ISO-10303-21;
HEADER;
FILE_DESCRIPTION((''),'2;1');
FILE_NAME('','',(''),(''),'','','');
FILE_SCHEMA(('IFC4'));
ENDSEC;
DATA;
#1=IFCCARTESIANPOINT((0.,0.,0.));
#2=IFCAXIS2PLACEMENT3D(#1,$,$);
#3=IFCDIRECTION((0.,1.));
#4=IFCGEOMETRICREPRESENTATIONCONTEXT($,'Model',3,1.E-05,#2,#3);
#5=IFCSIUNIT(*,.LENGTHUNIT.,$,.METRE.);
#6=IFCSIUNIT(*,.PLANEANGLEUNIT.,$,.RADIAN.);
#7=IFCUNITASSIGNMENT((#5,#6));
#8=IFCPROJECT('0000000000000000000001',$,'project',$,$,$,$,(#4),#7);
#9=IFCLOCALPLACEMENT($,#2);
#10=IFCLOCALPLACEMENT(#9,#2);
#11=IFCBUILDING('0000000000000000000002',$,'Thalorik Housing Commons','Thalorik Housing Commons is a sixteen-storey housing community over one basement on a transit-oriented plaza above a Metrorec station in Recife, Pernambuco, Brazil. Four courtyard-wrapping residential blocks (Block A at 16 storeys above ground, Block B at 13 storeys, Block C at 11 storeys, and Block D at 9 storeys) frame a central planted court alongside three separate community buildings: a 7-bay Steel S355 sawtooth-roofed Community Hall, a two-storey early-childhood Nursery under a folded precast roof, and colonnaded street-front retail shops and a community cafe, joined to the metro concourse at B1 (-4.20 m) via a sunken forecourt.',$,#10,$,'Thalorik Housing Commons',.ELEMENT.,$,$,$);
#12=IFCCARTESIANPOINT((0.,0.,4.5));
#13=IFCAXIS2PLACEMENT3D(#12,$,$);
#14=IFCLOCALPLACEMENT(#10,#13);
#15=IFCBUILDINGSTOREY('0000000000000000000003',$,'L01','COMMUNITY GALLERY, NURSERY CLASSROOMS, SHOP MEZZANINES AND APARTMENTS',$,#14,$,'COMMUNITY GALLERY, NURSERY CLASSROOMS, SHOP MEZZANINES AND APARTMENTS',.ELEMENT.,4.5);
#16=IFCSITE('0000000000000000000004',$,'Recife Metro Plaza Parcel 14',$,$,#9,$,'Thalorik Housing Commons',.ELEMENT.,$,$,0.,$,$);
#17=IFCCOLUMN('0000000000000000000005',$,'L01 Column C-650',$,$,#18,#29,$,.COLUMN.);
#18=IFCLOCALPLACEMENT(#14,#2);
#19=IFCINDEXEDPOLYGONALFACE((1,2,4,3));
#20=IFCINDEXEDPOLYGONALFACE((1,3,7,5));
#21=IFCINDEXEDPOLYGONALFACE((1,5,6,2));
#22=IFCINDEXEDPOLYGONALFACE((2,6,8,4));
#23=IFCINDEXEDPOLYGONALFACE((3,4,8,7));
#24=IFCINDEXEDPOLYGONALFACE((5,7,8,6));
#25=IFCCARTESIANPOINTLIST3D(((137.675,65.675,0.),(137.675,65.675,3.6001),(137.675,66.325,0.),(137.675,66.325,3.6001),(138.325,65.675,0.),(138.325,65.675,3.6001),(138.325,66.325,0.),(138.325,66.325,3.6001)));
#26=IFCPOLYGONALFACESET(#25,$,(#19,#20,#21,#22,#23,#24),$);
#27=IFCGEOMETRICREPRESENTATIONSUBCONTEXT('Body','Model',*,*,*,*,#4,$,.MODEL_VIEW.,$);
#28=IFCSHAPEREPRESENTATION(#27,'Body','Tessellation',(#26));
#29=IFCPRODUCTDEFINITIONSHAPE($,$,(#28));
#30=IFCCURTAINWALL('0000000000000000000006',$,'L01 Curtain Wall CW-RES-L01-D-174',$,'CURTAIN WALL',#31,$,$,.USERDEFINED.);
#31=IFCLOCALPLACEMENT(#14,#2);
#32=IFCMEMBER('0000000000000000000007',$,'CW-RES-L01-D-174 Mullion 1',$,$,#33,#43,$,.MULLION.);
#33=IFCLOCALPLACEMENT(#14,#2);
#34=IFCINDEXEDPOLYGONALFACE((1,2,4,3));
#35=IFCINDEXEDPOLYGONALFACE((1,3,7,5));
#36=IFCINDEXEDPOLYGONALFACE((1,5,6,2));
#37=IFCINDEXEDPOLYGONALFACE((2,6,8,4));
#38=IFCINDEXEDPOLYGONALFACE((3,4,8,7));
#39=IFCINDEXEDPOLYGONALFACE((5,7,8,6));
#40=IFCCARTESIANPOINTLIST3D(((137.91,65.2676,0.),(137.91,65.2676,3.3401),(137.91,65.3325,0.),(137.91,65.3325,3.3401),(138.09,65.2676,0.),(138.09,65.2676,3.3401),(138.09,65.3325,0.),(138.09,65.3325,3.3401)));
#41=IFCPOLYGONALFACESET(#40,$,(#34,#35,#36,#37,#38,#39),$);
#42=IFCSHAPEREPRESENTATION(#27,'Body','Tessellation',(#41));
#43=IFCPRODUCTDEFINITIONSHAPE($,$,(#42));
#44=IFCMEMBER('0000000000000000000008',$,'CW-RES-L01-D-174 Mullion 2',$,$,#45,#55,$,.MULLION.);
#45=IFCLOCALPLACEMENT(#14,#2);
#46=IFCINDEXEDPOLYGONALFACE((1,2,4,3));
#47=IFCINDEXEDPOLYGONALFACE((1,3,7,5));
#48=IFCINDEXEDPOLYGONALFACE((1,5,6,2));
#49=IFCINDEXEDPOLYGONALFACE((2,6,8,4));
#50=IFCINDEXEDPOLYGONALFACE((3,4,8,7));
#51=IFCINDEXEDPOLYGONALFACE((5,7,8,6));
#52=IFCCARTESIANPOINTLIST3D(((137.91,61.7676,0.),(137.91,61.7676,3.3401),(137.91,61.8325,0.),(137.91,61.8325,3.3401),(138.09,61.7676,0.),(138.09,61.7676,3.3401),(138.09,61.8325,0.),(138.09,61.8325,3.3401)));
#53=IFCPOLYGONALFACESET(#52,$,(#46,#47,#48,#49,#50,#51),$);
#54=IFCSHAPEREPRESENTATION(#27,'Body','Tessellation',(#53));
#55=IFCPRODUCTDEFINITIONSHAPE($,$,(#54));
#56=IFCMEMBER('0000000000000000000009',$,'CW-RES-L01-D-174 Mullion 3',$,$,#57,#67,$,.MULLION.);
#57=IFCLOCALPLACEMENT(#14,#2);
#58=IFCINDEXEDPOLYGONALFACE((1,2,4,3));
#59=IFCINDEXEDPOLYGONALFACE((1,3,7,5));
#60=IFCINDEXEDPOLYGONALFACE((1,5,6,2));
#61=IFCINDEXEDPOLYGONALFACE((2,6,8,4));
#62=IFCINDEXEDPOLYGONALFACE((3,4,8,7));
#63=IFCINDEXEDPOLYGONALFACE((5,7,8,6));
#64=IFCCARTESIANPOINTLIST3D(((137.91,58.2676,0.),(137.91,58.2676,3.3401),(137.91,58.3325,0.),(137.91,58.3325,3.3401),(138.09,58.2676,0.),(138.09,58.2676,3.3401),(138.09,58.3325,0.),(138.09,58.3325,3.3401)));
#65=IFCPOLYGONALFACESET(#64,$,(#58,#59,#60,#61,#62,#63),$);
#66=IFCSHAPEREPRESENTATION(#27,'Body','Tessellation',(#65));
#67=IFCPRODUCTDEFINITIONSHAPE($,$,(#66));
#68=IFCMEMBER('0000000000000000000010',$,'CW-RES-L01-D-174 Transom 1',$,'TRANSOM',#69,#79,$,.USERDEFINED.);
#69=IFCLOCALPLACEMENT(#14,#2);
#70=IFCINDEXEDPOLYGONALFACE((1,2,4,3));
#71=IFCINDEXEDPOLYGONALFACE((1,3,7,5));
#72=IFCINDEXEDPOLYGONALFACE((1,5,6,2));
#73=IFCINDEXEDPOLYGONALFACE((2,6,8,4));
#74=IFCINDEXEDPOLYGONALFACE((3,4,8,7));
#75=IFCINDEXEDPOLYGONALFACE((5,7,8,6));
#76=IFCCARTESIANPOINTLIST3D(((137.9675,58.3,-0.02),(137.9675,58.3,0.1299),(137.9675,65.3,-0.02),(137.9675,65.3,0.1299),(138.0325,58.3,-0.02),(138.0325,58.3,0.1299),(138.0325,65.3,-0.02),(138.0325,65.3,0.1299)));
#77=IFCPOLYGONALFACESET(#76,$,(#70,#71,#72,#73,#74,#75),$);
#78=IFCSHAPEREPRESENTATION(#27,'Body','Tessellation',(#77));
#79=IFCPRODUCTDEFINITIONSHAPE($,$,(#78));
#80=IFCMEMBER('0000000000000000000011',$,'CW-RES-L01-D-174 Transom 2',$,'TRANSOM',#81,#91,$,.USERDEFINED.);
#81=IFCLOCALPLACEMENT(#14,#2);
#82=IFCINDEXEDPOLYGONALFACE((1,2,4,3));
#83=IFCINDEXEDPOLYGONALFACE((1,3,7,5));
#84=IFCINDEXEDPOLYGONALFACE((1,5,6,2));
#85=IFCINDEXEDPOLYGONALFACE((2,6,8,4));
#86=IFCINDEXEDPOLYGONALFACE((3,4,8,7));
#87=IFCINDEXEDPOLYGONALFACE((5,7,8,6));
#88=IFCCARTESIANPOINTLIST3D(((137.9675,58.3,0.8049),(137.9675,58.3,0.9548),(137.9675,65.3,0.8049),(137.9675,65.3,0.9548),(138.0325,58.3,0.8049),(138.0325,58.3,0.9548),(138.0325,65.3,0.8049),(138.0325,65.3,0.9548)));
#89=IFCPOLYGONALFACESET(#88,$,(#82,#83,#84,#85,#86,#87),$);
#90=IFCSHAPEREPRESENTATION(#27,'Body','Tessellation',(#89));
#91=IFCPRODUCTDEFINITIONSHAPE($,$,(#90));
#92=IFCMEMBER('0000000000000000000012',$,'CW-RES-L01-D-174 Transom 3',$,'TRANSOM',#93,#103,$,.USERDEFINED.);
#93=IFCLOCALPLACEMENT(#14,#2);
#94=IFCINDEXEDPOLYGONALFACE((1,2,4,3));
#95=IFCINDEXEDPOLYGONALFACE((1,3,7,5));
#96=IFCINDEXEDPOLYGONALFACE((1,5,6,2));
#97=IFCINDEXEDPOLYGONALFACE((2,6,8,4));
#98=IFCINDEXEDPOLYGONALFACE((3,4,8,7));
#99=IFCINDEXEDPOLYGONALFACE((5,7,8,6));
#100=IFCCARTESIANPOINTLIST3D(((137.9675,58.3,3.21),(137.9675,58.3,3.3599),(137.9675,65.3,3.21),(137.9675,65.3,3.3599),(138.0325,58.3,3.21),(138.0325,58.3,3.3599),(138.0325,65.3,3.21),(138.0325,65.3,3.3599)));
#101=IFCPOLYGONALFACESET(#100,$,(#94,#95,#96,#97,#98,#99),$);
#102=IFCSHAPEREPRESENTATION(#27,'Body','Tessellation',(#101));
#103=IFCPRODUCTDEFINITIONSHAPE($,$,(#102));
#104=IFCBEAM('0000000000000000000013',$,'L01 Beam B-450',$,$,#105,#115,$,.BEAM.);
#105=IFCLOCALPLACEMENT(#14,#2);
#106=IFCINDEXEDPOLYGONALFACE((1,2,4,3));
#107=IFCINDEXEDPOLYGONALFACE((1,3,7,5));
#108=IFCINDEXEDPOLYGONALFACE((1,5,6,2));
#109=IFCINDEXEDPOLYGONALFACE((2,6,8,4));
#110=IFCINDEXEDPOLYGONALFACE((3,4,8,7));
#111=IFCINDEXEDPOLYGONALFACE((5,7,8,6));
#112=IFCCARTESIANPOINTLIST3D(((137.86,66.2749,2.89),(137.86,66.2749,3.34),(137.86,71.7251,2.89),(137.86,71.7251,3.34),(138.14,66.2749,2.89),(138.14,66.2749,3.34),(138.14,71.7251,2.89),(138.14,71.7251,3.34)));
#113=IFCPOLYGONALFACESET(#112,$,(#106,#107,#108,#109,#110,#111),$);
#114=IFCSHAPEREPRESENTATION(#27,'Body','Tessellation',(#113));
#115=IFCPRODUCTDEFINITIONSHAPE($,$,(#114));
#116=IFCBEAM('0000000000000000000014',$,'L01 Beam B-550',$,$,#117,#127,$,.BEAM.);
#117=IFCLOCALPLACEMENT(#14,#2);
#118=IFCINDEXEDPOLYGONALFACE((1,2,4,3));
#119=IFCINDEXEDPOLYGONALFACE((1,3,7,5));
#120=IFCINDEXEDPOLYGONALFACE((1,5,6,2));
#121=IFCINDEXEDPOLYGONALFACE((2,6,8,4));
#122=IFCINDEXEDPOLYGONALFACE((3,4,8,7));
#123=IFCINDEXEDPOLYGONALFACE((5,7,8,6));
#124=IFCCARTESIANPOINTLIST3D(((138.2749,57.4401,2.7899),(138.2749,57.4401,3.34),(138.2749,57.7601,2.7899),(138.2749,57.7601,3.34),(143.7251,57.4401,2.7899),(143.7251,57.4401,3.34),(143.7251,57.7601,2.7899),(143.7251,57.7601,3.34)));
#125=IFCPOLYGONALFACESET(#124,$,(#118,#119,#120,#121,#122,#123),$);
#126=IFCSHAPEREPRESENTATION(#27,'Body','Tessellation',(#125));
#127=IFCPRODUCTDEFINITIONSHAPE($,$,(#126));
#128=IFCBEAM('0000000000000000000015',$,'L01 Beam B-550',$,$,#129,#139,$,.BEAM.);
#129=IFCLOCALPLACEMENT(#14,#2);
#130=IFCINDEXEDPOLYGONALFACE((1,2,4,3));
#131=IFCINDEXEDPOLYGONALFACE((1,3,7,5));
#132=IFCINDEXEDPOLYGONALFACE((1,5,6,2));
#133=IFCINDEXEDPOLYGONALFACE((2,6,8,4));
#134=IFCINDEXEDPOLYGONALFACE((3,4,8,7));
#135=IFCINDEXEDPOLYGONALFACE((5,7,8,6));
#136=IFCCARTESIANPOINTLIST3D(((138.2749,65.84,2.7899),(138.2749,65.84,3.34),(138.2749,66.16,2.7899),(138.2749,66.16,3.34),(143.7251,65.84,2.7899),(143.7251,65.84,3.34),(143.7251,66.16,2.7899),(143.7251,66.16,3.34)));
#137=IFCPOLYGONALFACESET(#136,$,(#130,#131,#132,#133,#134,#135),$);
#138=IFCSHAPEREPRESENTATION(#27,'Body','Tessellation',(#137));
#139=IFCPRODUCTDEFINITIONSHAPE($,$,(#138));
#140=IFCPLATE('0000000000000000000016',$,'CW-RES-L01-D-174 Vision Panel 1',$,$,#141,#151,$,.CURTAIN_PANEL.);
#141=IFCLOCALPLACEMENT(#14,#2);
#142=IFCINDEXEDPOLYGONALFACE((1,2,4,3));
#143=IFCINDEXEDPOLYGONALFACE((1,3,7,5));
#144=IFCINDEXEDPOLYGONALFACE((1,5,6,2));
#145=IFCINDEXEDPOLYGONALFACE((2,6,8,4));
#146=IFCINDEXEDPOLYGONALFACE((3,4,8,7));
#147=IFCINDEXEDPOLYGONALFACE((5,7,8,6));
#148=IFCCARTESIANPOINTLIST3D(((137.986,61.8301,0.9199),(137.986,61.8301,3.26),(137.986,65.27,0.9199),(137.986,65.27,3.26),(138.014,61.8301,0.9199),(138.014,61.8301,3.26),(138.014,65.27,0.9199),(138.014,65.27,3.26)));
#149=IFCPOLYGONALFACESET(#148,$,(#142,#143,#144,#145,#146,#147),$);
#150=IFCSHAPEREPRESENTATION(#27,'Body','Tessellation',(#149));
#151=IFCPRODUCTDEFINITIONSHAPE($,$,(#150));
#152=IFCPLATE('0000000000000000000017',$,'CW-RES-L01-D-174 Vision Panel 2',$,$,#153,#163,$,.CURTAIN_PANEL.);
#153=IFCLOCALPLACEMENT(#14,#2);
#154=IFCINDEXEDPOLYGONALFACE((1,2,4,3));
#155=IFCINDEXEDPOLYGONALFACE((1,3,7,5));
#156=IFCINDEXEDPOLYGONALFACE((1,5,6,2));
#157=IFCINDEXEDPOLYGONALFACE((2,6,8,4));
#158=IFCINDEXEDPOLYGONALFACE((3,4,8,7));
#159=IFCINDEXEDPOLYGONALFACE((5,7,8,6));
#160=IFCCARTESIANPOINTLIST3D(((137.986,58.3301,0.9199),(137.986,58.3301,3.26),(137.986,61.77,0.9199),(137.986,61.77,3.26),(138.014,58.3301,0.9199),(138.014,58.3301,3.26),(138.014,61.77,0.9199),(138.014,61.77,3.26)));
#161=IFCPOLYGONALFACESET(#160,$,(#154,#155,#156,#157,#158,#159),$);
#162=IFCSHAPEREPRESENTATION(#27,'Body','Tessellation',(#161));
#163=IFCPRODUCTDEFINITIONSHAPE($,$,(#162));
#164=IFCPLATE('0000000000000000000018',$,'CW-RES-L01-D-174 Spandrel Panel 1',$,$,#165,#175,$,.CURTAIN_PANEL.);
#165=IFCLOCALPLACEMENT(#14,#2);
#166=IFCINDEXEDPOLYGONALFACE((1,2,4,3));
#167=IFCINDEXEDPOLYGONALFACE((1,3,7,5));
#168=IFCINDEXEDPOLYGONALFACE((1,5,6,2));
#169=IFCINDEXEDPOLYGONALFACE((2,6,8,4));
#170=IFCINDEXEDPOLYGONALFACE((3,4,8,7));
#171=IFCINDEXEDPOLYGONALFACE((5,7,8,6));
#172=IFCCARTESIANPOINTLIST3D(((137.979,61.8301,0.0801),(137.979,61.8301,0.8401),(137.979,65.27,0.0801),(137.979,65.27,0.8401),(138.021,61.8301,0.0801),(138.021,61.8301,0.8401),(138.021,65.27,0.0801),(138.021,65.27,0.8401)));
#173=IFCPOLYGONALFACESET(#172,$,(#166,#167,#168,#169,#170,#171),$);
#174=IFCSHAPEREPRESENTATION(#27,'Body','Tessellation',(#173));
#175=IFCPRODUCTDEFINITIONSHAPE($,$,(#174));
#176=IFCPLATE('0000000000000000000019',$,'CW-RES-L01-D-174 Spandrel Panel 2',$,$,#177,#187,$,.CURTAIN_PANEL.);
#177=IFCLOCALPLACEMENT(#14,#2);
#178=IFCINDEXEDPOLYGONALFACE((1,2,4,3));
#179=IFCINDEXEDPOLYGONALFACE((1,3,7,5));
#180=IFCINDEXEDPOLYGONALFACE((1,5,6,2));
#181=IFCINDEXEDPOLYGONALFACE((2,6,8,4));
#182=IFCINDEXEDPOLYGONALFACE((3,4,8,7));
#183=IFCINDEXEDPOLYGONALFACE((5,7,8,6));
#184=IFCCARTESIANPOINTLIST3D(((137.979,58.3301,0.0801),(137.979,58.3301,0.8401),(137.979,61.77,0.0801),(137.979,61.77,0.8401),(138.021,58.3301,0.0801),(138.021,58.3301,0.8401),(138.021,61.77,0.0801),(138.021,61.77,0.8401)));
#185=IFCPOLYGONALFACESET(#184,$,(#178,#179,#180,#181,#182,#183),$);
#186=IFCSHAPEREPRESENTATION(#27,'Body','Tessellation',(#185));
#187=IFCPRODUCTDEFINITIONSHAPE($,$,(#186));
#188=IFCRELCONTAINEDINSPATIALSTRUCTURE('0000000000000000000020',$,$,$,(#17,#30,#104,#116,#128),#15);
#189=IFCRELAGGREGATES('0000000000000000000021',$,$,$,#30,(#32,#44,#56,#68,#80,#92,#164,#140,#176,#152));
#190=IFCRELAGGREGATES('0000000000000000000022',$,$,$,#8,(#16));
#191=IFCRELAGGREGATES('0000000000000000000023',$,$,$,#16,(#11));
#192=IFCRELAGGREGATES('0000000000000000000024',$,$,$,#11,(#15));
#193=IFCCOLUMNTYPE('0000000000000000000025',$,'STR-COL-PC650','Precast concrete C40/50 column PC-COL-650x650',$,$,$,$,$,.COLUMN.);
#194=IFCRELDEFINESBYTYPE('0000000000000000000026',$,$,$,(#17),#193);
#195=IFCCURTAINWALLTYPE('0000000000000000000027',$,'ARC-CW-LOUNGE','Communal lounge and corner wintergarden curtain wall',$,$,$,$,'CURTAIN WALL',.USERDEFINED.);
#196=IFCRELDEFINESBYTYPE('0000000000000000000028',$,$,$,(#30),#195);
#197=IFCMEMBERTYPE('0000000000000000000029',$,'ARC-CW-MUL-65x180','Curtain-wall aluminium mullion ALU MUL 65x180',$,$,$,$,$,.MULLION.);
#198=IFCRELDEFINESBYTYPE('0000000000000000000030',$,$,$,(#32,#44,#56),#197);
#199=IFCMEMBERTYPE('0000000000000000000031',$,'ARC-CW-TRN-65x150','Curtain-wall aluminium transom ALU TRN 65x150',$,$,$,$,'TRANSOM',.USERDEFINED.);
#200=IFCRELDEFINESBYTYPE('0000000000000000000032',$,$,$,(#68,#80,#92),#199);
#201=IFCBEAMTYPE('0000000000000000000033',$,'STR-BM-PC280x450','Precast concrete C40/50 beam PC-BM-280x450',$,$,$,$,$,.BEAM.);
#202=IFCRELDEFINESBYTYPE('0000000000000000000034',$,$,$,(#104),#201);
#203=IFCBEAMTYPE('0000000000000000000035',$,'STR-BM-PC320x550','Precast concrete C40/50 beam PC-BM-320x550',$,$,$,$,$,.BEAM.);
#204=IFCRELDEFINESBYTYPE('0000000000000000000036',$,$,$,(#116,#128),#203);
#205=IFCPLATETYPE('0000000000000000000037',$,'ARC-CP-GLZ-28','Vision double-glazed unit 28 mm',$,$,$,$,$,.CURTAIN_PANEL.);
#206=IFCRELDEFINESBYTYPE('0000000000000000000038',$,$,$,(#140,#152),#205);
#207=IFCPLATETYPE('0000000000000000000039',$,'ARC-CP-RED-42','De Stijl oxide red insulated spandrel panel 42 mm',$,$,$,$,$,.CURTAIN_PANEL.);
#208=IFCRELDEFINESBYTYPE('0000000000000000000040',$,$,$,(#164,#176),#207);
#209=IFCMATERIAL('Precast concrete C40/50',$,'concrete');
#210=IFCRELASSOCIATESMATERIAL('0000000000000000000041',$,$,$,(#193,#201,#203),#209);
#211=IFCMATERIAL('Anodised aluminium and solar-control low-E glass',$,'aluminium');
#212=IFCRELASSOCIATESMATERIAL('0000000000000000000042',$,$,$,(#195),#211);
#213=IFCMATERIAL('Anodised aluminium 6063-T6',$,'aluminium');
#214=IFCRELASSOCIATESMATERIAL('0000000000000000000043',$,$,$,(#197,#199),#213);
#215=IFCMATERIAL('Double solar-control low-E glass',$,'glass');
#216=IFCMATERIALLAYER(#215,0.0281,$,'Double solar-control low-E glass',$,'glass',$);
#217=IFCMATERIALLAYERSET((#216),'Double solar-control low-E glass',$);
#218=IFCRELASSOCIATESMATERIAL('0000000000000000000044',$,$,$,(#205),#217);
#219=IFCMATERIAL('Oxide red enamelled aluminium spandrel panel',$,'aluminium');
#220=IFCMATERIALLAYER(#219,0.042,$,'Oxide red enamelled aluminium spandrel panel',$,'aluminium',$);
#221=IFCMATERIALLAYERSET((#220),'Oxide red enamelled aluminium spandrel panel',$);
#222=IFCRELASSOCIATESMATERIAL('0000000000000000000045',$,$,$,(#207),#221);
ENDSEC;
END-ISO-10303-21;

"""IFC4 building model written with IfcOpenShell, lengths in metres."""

from ifc_helpers import new_model, si_unit, direction, frame, origin, origin_2d, place, context, subcontext, project, spatial, rectangle, extrude, material, layer, layer_set, material_profile, profile_set, type_object, element, aggregate, save


model = new_model("IFC4")

# Units and contexts
model_context = context("Model", 3, precision=1e-05, world=origin(), true_north=direction((0.0, 1.0)))
body_context = subcontext(model_context, "Body", "Model", "MODEL_VIEW")
ifc_project = project(units=[si_unit("LENGTHUNIT", "METRE"), si_unit("PLANEANGLEUNIT", "RADIAN")], contexts=[model_context])

# Site, building, storey
site_placement = place(None, origin())
site = spatial("IfcSite", under=ifc_project, at=site_placement, Name="Recife Metro Plaza Parcel 14", LongName="Thalorik Housing Commons", CompositionType="ELEMENT", RefElevation=0.0)
building_placement = place(site_placement, origin())
building = spatial("IfcBuilding", under=site, at=building_placement, Name="Thalorik Housing Commons", Description="Thalorik Housing Commons is a sixteen-storey housing community over one basement on a transit-oriented plaza above a Metrorec station in Recife, Pernambuco, Brazil. Four courtyard-wrapping residential blocks (Block A at 16 storeys above ground, Block B at 13 storeys, Block C at 11 storeys, and Block D at 9 storeys) frame a central planted court alongside three separate community buildings: a 7-bay Steel S355 sawtooth-roofed Community Hall, a two-storey early-childhood Nursery under a folded precast roof, and colonnaded street-front retail shops and a community cafe, joined to the metro concourse at B1 (-4.20 m) via a sunken forecourt.", LongName="Thalorik Housing Commons", CompositionType="ELEMENT")
storey_placement = place(building_placement, frame((0.0, 0.0, 4.5)))
storey = spatial("IfcBuildingStorey", under=building, at=storey_placement, Name="L01", Description="COMMUNITY GALLERY, NURSERY CLASSROOMS, SHOP MEZZANINES AND APARTMENTS", LongName="COMMUNITY GALLERY, NURSERY CLASSROOMS, SHOP MEZZANINES AND APARTMENTS", CompositionType="ELEMENT", Elevation=4.5)

# Column
ifc_material_1 = material(Name="Precast concrete C40/50", Category="concrete")
ifc_material_profile_1 = material_profile(ifc_material_1, rectangle(XDim=0.6499, YDim=0.6499, at=origin_2d()), Name="PC 650x650", Category="concrete")
ifc_profile_set_1 = profile_set([ifc_material_profile_1], Name="Precast concrete C40/50")
column_type = type_object("IfcColumnType", Name="STR-COL-PC650", Description="Precast concrete C40/50 column PC-COL-650x650", PredefinedType="COLUMN", material=ifc_profile_set_1)
column_placement = place(storey_placement, frame((138.0, 66.0, 0.0), z_axis=(0.0, 0.0, 1.0), x_axis=(1.0, 0.0, 0.0)))
element("IfcColumn", 1, at=column_placement, inside=storey, type_object=column_type, Name="L01 Column C-650", PredefinedType="COLUMN", context=body_context, shape_type="SweptSolid", body=[
    extrude(rectangle(XDim=0.6499, YDim=0.6499, at=origin_2d()), origin(), (0.0, 0.0, 1.0), 3.6001),
])

# Curtain wall, members
ifc_material_2 = material(Name="Anodised aluminium and solar-control low-E glass", Category="aluminium")
curtain_wall_type = type_object("IfcCurtainWallType", Name="ARC-CW-LOUNGE", Description="Communal lounge and corner wintergarden curtain wall", ElementType="CURTAIN WALL", PredefinedType="USERDEFINED", material=ifc_material_2)
curtain_wall_placement = place(storey_placement, origin())
curtain_wall = element("IfcCurtainWall", 2, at=curtain_wall_placement, inside=storey, type_object=curtain_wall_type, Name="L01 Curtain Wall CW-RES-L01-D-174", ObjectType="CURTAIN WALL", PredefinedType="USERDEFINED")
ifc_material_3 = material(Name="Anodised aluminium 6063-T6", Category="aluminium")
ifc_material_profile_2 = material_profile(ifc_material_3, rectangle(XDim=0.0649, YDim=0.1799, at=origin_2d()), Name="ALU MUL 65x180", Category="aluminium")
ifc_profile_set_2 = profile_set([ifc_material_profile_2], Name="Anodised aluminium 6063-T6")
member_type_1 = type_object("IfcMemberType", Name="ARC-CW-MUL-65x180", Description="Curtain-wall aluminium mullion ALU MUL 65x180", PredefinedType="MULLION", material=ifc_profile_set_2)
member_1_placement = place(storey_placement, frame((138.0, 65.3, 0.0), z_axis=(0.0, 0.0, 1.0), x_axis=(0.0, -1.0, 0.0)))
member_1 = element("IfcMember", 3, at=member_1_placement, type_object=member_type_1, Name="CW-RES-L01-D-174 Mullion 1", PredefinedType="MULLION", context=body_context, shape_type="SweptSolid", body=[
    extrude(rectangle(XDim=0.0649, YDim=0.1799, at=origin_2d()), origin(), (0.0, 0.0, 1.0), 3.3401),
])
member_2_placement = place(storey_placement, frame((138.0, 61.8, 0.0), z_axis=(0.0, 0.0, 1.0), x_axis=(0.0, -1.0, 0.0)))
member_2 = element("IfcMember", 4, at=member_2_placement, type_object=member_type_1, Name="CW-RES-L01-D-174 Mullion 2", PredefinedType="MULLION", context=body_context, shape_type="SweptSolid", body=[
    extrude(rectangle(XDim=0.0649, YDim=0.1799, at=origin_2d()), origin(), (0.0, 0.0, 1.0), 3.3401),
])
member_3_placement = place(storey_placement, frame((138.0, 58.3, 0.0), z_axis=(0.0, 0.0, 1.0), x_axis=(0.0, -1.0, 0.0)))
member_3 = element("IfcMember", 5, at=member_3_placement, type_object=member_type_1, Name="CW-RES-L01-D-174 Mullion 3", PredefinedType="MULLION", context=body_context, shape_type="SweptSolid", body=[
    extrude(rectangle(XDim=0.0649, YDim=0.1799, at=origin_2d()), origin(), (0.0, 0.0, 1.0), 3.3401),
])
ifc_material_profile_3 = material_profile(ifc_material_3, rectangle(XDim=0.0649, YDim=0.1499, at=origin_2d()), Name="ALU TRN 65x150", Category="aluminium")
ifc_profile_set_3 = profile_set([ifc_material_profile_3], Name="Anodised aluminium 6063-T6")
member_type_2 = type_object("IfcMemberType", Name="ARC-CW-TRN-65x150", Description="Curtain-wall aluminium transom ALU TRN 65x150", ElementType="TRANSOM", PredefinedType="USERDEFINED", material=ifc_profile_set_3)
member_4_placement = place(storey_placement, frame((138.0, 65.3, 0.0549), z_axis=(0.0, -1.0, 0.0), x_axis=(1.0, 0.0, 0.0)))
member_4 = element("IfcMember", 6, at=member_4_placement, type_object=member_type_2, Name="CW-RES-L01-D-174 Transom 1", ObjectType="TRANSOM", PredefinedType="USERDEFINED", context=body_context, shape_type="SweptSolid", body=[
    extrude(rectangle(XDim=0.0649, YDim=0.1499, at=origin_2d()), origin(), (0.0, 0.0, 1.0), 7.0),
])
member_5_placement = place(storey_placement, frame((138.0, 65.3, 0.8799), z_axis=(0.0, -1.0, 0.0), x_axis=(1.0, 0.0, 0.0)))
member_5 = element("IfcMember", 7, at=member_5_placement, type_object=member_type_2, Name="CW-RES-L01-D-174 Transom 2", ObjectType="TRANSOM", PredefinedType="USERDEFINED", context=body_context, shape_type="SweptSolid", body=[
    extrude(rectangle(XDim=0.0649, YDim=0.1499, at=origin_2d()), origin(), (0.0, 0.0, 1.0), 7.0),
])
member_6_placement = place(storey_placement, frame((138.0, 65.3, 3.2849), z_axis=(0.0, -1.0, 0.0), x_axis=(1.0, 0.0, 0.0)))
member_6 = element("IfcMember", 8, at=member_6_placement, type_object=member_type_2, Name="CW-RES-L01-D-174 Transom 3", ObjectType="TRANSOM", PredefinedType="USERDEFINED", context=body_context, shape_type="SweptSolid", body=[
    extrude(rectangle(XDim=0.0649, YDim=0.1499, at=origin_2d()), origin(), (0.0, 0.0, 1.0), 7.0),
])

# Beams
ifc_material_profile_4 = material_profile(ifc_material_1, rectangle(XDim=0.28, YDim=0.45, at=origin_2d()), Name="PC 280x450", Category="concrete")
ifc_profile_set_4 = profile_set([ifc_material_profile_4], Name="Precast concrete C40/50")
beam_type_1 = type_object("IfcBeamType", Name="STR-BM-PC280x450", Description="Precast concrete C40/50 beam PC-BM-280x450", PredefinedType="BEAM", material=ifc_profile_set_4)
beam_placement = place(storey_placement, frame((138.0, 66.2749, 3.115), z_axis=(0.0, 1.0, 0.0), x_axis=(-1.0, 0.0, 0.0)))
element("IfcBeam", 9, at=beam_placement, inside=storey, type_object=beam_type_1, Name="L01 Beam B-450", PredefinedType="BEAM", context=body_context, shape_type="SweptSolid", body=[
    extrude(rectangle(XDim=0.28, YDim=0.45, at=origin_2d()), origin(), (0.0, 0.0, 1.0), 5.4502),
])
ifc_material_profile_5 = material_profile(ifc_material_1, rectangle(XDim=0.3201, YDim=0.55, at=origin_2d()), Name="PC 320x550", Category="concrete")
ifc_profile_set_5 = profile_set([ifc_material_profile_5], Name="Precast concrete C40/50")
beam_type_2 = type_object("IfcBeamType", Name="STR-BM-PC320x550", Description="Precast concrete C40/50 beam PC-BM-320x550", PredefinedType="BEAM", material=ifc_profile_set_5)
for number, where, z_axis, x_axis, name in (
    (10, (138.2749, 57.6001, 3.0649), (1.0, 0.0, 0.0), (0.0, 1.0, 0.0), "L01 Beam B-550"),
    (11, (138.2749, 66.0, 3.0649), (1.0, 0.0, 0.0), (0.0, 1.0, 0.0), "L01 Beam B-550"),
):
    element("IfcBeam", number, at=place(storey_placement, frame(where, z_axis=z_axis, x_axis=x_axis)), inside=storey, type_object=beam_type_2, Name=name, PredefinedType="BEAM", context=body_context, shape_type="SweptSolid", body=[
        extrude(rectangle(XDim=0.3201, YDim=0.55, at=origin_2d()), origin(), (0.0, 0.0, 1.0), 5.4502),
    ])

# Plates
ifc_material_4 = material(Name="Double solar-control low-E glass", Category="glass")
ifc_layer_1 = layer(ifc_material_4, 0.0281, Name="Double solar-control low-E glass", Category="glass")
ifc_layer_set_1 = layer_set([ifc_layer_1], Name="Double solar-control low-E glass")
plate_type_1 = type_object("IfcPlateType", Name="ARC-CP-GLZ-28", Description="Vision double-glazed unit 28 mm", PredefinedType="CURTAIN_PANEL", material=ifc_layer_set_1)
plate_1_placement = place(storey_placement, frame((138.0, 63.55, 0.9199), z_axis=(0.0, 0.0, 1.0), x_axis=(0.0, -1.0, 0.0)))
plate_1 = element("IfcPlate", 12, at=plate_1_placement, type_object=plate_type_1, Name="CW-RES-L01-D-174 Vision Panel 1", PredefinedType="CURTAIN_PANEL", context=body_context, shape_type="SweptSolid", body=[
    extrude(rectangle(XDim=3.4399, YDim=0.0281, at=origin_2d()), origin(), (0.0, 0.0, 1.0), 2.3401),
])
plate_2_placement = place(storey_placement, frame((138.0, 60.05, 0.9199), z_axis=(0.0, 0.0, 1.0), x_axis=(0.0, -1.0, 0.0)))
plate_2 = element("IfcPlate", 13, at=plate_2_placement, type_object=plate_type_1, Name="CW-RES-L01-D-174 Vision Panel 2", PredefinedType="CURTAIN_PANEL", context=body_context, shape_type="SweptSolid", body=[
    extrude(rectangle(XDim=3.4399, YDim=0.0281, at=origin_2d()), origin(), (0.0, 0.0, 1.0), 2.3401),
])
ifc_material_5 = material(Name="Oxide red enamelled aluminium spandrel panel", Category="aluminium")
ifc_layer_2 = layer(ifc_material_5, 0.042, Name="Oxide red enamelled aluminium spandrel panel", Category="aluminium")
ifc_layer_set_2 = layer_set([ifc_layer_2], Name="Oxide red enamelled aluminium spandrel panel")
plate_type_2 = type_object("IfcPlateType", Name="ARC-CP-RED-42", Description="De Stijl oxide red insulated spandrel panel 42 mm", PredefinedType="CURTAIN_PANEL", material=ifc_layer_set_2)
plate_3_placement = place(storey_placement, frame((138.0, 63.55, 0.0801), z_axis=(0.0, 0.0, 1.0), x_axis=(0.0, -1.0, 0.0)))
plate_3 = element("IfcPlate", 14, at=plate_3_placement, type_object=plate_type_2, Name="CW-RES-L01-D-174 Spandrel Panel 1", PredefinedType="CURTAIN_PANEL", context=body_context, shape_type="SweptSolid", body=[
    extrude(rectangle(XDim=3.4399, YDim=0.042, at=origin_2d()), origin(), (0.0, 0.0, 1.0), 0.76),
])
plate_4_placement = place(storey_placement, frame((138.0, 60.05, 0.0801), z_axis=(0.0, 0.0, 1.0), x_axis=(0.0, -1.0, 0.0)))
plate_4 = element("IfcPlate", 15, at=plate_4_placement, type_object=plate_type_2, Name="CW-RES-L01-D-174 Spandrel Panel 2", PredefinedType="CURTAIN_PANEL", context=body_context, shape_type="SweptSolid", body=[
    extrude(rectangle(XDim=3.4399, YDim=0.042, at=origin_2d()), origin(), (0.0, 0.0, 1.0), 0.76),
])
aggregate(curtain_wall, [member_1, member_2, member_3, member_4, member_5, member_6, plate_3, plate_1, plate_4, plate_2])

save(model, "model.ifc")
